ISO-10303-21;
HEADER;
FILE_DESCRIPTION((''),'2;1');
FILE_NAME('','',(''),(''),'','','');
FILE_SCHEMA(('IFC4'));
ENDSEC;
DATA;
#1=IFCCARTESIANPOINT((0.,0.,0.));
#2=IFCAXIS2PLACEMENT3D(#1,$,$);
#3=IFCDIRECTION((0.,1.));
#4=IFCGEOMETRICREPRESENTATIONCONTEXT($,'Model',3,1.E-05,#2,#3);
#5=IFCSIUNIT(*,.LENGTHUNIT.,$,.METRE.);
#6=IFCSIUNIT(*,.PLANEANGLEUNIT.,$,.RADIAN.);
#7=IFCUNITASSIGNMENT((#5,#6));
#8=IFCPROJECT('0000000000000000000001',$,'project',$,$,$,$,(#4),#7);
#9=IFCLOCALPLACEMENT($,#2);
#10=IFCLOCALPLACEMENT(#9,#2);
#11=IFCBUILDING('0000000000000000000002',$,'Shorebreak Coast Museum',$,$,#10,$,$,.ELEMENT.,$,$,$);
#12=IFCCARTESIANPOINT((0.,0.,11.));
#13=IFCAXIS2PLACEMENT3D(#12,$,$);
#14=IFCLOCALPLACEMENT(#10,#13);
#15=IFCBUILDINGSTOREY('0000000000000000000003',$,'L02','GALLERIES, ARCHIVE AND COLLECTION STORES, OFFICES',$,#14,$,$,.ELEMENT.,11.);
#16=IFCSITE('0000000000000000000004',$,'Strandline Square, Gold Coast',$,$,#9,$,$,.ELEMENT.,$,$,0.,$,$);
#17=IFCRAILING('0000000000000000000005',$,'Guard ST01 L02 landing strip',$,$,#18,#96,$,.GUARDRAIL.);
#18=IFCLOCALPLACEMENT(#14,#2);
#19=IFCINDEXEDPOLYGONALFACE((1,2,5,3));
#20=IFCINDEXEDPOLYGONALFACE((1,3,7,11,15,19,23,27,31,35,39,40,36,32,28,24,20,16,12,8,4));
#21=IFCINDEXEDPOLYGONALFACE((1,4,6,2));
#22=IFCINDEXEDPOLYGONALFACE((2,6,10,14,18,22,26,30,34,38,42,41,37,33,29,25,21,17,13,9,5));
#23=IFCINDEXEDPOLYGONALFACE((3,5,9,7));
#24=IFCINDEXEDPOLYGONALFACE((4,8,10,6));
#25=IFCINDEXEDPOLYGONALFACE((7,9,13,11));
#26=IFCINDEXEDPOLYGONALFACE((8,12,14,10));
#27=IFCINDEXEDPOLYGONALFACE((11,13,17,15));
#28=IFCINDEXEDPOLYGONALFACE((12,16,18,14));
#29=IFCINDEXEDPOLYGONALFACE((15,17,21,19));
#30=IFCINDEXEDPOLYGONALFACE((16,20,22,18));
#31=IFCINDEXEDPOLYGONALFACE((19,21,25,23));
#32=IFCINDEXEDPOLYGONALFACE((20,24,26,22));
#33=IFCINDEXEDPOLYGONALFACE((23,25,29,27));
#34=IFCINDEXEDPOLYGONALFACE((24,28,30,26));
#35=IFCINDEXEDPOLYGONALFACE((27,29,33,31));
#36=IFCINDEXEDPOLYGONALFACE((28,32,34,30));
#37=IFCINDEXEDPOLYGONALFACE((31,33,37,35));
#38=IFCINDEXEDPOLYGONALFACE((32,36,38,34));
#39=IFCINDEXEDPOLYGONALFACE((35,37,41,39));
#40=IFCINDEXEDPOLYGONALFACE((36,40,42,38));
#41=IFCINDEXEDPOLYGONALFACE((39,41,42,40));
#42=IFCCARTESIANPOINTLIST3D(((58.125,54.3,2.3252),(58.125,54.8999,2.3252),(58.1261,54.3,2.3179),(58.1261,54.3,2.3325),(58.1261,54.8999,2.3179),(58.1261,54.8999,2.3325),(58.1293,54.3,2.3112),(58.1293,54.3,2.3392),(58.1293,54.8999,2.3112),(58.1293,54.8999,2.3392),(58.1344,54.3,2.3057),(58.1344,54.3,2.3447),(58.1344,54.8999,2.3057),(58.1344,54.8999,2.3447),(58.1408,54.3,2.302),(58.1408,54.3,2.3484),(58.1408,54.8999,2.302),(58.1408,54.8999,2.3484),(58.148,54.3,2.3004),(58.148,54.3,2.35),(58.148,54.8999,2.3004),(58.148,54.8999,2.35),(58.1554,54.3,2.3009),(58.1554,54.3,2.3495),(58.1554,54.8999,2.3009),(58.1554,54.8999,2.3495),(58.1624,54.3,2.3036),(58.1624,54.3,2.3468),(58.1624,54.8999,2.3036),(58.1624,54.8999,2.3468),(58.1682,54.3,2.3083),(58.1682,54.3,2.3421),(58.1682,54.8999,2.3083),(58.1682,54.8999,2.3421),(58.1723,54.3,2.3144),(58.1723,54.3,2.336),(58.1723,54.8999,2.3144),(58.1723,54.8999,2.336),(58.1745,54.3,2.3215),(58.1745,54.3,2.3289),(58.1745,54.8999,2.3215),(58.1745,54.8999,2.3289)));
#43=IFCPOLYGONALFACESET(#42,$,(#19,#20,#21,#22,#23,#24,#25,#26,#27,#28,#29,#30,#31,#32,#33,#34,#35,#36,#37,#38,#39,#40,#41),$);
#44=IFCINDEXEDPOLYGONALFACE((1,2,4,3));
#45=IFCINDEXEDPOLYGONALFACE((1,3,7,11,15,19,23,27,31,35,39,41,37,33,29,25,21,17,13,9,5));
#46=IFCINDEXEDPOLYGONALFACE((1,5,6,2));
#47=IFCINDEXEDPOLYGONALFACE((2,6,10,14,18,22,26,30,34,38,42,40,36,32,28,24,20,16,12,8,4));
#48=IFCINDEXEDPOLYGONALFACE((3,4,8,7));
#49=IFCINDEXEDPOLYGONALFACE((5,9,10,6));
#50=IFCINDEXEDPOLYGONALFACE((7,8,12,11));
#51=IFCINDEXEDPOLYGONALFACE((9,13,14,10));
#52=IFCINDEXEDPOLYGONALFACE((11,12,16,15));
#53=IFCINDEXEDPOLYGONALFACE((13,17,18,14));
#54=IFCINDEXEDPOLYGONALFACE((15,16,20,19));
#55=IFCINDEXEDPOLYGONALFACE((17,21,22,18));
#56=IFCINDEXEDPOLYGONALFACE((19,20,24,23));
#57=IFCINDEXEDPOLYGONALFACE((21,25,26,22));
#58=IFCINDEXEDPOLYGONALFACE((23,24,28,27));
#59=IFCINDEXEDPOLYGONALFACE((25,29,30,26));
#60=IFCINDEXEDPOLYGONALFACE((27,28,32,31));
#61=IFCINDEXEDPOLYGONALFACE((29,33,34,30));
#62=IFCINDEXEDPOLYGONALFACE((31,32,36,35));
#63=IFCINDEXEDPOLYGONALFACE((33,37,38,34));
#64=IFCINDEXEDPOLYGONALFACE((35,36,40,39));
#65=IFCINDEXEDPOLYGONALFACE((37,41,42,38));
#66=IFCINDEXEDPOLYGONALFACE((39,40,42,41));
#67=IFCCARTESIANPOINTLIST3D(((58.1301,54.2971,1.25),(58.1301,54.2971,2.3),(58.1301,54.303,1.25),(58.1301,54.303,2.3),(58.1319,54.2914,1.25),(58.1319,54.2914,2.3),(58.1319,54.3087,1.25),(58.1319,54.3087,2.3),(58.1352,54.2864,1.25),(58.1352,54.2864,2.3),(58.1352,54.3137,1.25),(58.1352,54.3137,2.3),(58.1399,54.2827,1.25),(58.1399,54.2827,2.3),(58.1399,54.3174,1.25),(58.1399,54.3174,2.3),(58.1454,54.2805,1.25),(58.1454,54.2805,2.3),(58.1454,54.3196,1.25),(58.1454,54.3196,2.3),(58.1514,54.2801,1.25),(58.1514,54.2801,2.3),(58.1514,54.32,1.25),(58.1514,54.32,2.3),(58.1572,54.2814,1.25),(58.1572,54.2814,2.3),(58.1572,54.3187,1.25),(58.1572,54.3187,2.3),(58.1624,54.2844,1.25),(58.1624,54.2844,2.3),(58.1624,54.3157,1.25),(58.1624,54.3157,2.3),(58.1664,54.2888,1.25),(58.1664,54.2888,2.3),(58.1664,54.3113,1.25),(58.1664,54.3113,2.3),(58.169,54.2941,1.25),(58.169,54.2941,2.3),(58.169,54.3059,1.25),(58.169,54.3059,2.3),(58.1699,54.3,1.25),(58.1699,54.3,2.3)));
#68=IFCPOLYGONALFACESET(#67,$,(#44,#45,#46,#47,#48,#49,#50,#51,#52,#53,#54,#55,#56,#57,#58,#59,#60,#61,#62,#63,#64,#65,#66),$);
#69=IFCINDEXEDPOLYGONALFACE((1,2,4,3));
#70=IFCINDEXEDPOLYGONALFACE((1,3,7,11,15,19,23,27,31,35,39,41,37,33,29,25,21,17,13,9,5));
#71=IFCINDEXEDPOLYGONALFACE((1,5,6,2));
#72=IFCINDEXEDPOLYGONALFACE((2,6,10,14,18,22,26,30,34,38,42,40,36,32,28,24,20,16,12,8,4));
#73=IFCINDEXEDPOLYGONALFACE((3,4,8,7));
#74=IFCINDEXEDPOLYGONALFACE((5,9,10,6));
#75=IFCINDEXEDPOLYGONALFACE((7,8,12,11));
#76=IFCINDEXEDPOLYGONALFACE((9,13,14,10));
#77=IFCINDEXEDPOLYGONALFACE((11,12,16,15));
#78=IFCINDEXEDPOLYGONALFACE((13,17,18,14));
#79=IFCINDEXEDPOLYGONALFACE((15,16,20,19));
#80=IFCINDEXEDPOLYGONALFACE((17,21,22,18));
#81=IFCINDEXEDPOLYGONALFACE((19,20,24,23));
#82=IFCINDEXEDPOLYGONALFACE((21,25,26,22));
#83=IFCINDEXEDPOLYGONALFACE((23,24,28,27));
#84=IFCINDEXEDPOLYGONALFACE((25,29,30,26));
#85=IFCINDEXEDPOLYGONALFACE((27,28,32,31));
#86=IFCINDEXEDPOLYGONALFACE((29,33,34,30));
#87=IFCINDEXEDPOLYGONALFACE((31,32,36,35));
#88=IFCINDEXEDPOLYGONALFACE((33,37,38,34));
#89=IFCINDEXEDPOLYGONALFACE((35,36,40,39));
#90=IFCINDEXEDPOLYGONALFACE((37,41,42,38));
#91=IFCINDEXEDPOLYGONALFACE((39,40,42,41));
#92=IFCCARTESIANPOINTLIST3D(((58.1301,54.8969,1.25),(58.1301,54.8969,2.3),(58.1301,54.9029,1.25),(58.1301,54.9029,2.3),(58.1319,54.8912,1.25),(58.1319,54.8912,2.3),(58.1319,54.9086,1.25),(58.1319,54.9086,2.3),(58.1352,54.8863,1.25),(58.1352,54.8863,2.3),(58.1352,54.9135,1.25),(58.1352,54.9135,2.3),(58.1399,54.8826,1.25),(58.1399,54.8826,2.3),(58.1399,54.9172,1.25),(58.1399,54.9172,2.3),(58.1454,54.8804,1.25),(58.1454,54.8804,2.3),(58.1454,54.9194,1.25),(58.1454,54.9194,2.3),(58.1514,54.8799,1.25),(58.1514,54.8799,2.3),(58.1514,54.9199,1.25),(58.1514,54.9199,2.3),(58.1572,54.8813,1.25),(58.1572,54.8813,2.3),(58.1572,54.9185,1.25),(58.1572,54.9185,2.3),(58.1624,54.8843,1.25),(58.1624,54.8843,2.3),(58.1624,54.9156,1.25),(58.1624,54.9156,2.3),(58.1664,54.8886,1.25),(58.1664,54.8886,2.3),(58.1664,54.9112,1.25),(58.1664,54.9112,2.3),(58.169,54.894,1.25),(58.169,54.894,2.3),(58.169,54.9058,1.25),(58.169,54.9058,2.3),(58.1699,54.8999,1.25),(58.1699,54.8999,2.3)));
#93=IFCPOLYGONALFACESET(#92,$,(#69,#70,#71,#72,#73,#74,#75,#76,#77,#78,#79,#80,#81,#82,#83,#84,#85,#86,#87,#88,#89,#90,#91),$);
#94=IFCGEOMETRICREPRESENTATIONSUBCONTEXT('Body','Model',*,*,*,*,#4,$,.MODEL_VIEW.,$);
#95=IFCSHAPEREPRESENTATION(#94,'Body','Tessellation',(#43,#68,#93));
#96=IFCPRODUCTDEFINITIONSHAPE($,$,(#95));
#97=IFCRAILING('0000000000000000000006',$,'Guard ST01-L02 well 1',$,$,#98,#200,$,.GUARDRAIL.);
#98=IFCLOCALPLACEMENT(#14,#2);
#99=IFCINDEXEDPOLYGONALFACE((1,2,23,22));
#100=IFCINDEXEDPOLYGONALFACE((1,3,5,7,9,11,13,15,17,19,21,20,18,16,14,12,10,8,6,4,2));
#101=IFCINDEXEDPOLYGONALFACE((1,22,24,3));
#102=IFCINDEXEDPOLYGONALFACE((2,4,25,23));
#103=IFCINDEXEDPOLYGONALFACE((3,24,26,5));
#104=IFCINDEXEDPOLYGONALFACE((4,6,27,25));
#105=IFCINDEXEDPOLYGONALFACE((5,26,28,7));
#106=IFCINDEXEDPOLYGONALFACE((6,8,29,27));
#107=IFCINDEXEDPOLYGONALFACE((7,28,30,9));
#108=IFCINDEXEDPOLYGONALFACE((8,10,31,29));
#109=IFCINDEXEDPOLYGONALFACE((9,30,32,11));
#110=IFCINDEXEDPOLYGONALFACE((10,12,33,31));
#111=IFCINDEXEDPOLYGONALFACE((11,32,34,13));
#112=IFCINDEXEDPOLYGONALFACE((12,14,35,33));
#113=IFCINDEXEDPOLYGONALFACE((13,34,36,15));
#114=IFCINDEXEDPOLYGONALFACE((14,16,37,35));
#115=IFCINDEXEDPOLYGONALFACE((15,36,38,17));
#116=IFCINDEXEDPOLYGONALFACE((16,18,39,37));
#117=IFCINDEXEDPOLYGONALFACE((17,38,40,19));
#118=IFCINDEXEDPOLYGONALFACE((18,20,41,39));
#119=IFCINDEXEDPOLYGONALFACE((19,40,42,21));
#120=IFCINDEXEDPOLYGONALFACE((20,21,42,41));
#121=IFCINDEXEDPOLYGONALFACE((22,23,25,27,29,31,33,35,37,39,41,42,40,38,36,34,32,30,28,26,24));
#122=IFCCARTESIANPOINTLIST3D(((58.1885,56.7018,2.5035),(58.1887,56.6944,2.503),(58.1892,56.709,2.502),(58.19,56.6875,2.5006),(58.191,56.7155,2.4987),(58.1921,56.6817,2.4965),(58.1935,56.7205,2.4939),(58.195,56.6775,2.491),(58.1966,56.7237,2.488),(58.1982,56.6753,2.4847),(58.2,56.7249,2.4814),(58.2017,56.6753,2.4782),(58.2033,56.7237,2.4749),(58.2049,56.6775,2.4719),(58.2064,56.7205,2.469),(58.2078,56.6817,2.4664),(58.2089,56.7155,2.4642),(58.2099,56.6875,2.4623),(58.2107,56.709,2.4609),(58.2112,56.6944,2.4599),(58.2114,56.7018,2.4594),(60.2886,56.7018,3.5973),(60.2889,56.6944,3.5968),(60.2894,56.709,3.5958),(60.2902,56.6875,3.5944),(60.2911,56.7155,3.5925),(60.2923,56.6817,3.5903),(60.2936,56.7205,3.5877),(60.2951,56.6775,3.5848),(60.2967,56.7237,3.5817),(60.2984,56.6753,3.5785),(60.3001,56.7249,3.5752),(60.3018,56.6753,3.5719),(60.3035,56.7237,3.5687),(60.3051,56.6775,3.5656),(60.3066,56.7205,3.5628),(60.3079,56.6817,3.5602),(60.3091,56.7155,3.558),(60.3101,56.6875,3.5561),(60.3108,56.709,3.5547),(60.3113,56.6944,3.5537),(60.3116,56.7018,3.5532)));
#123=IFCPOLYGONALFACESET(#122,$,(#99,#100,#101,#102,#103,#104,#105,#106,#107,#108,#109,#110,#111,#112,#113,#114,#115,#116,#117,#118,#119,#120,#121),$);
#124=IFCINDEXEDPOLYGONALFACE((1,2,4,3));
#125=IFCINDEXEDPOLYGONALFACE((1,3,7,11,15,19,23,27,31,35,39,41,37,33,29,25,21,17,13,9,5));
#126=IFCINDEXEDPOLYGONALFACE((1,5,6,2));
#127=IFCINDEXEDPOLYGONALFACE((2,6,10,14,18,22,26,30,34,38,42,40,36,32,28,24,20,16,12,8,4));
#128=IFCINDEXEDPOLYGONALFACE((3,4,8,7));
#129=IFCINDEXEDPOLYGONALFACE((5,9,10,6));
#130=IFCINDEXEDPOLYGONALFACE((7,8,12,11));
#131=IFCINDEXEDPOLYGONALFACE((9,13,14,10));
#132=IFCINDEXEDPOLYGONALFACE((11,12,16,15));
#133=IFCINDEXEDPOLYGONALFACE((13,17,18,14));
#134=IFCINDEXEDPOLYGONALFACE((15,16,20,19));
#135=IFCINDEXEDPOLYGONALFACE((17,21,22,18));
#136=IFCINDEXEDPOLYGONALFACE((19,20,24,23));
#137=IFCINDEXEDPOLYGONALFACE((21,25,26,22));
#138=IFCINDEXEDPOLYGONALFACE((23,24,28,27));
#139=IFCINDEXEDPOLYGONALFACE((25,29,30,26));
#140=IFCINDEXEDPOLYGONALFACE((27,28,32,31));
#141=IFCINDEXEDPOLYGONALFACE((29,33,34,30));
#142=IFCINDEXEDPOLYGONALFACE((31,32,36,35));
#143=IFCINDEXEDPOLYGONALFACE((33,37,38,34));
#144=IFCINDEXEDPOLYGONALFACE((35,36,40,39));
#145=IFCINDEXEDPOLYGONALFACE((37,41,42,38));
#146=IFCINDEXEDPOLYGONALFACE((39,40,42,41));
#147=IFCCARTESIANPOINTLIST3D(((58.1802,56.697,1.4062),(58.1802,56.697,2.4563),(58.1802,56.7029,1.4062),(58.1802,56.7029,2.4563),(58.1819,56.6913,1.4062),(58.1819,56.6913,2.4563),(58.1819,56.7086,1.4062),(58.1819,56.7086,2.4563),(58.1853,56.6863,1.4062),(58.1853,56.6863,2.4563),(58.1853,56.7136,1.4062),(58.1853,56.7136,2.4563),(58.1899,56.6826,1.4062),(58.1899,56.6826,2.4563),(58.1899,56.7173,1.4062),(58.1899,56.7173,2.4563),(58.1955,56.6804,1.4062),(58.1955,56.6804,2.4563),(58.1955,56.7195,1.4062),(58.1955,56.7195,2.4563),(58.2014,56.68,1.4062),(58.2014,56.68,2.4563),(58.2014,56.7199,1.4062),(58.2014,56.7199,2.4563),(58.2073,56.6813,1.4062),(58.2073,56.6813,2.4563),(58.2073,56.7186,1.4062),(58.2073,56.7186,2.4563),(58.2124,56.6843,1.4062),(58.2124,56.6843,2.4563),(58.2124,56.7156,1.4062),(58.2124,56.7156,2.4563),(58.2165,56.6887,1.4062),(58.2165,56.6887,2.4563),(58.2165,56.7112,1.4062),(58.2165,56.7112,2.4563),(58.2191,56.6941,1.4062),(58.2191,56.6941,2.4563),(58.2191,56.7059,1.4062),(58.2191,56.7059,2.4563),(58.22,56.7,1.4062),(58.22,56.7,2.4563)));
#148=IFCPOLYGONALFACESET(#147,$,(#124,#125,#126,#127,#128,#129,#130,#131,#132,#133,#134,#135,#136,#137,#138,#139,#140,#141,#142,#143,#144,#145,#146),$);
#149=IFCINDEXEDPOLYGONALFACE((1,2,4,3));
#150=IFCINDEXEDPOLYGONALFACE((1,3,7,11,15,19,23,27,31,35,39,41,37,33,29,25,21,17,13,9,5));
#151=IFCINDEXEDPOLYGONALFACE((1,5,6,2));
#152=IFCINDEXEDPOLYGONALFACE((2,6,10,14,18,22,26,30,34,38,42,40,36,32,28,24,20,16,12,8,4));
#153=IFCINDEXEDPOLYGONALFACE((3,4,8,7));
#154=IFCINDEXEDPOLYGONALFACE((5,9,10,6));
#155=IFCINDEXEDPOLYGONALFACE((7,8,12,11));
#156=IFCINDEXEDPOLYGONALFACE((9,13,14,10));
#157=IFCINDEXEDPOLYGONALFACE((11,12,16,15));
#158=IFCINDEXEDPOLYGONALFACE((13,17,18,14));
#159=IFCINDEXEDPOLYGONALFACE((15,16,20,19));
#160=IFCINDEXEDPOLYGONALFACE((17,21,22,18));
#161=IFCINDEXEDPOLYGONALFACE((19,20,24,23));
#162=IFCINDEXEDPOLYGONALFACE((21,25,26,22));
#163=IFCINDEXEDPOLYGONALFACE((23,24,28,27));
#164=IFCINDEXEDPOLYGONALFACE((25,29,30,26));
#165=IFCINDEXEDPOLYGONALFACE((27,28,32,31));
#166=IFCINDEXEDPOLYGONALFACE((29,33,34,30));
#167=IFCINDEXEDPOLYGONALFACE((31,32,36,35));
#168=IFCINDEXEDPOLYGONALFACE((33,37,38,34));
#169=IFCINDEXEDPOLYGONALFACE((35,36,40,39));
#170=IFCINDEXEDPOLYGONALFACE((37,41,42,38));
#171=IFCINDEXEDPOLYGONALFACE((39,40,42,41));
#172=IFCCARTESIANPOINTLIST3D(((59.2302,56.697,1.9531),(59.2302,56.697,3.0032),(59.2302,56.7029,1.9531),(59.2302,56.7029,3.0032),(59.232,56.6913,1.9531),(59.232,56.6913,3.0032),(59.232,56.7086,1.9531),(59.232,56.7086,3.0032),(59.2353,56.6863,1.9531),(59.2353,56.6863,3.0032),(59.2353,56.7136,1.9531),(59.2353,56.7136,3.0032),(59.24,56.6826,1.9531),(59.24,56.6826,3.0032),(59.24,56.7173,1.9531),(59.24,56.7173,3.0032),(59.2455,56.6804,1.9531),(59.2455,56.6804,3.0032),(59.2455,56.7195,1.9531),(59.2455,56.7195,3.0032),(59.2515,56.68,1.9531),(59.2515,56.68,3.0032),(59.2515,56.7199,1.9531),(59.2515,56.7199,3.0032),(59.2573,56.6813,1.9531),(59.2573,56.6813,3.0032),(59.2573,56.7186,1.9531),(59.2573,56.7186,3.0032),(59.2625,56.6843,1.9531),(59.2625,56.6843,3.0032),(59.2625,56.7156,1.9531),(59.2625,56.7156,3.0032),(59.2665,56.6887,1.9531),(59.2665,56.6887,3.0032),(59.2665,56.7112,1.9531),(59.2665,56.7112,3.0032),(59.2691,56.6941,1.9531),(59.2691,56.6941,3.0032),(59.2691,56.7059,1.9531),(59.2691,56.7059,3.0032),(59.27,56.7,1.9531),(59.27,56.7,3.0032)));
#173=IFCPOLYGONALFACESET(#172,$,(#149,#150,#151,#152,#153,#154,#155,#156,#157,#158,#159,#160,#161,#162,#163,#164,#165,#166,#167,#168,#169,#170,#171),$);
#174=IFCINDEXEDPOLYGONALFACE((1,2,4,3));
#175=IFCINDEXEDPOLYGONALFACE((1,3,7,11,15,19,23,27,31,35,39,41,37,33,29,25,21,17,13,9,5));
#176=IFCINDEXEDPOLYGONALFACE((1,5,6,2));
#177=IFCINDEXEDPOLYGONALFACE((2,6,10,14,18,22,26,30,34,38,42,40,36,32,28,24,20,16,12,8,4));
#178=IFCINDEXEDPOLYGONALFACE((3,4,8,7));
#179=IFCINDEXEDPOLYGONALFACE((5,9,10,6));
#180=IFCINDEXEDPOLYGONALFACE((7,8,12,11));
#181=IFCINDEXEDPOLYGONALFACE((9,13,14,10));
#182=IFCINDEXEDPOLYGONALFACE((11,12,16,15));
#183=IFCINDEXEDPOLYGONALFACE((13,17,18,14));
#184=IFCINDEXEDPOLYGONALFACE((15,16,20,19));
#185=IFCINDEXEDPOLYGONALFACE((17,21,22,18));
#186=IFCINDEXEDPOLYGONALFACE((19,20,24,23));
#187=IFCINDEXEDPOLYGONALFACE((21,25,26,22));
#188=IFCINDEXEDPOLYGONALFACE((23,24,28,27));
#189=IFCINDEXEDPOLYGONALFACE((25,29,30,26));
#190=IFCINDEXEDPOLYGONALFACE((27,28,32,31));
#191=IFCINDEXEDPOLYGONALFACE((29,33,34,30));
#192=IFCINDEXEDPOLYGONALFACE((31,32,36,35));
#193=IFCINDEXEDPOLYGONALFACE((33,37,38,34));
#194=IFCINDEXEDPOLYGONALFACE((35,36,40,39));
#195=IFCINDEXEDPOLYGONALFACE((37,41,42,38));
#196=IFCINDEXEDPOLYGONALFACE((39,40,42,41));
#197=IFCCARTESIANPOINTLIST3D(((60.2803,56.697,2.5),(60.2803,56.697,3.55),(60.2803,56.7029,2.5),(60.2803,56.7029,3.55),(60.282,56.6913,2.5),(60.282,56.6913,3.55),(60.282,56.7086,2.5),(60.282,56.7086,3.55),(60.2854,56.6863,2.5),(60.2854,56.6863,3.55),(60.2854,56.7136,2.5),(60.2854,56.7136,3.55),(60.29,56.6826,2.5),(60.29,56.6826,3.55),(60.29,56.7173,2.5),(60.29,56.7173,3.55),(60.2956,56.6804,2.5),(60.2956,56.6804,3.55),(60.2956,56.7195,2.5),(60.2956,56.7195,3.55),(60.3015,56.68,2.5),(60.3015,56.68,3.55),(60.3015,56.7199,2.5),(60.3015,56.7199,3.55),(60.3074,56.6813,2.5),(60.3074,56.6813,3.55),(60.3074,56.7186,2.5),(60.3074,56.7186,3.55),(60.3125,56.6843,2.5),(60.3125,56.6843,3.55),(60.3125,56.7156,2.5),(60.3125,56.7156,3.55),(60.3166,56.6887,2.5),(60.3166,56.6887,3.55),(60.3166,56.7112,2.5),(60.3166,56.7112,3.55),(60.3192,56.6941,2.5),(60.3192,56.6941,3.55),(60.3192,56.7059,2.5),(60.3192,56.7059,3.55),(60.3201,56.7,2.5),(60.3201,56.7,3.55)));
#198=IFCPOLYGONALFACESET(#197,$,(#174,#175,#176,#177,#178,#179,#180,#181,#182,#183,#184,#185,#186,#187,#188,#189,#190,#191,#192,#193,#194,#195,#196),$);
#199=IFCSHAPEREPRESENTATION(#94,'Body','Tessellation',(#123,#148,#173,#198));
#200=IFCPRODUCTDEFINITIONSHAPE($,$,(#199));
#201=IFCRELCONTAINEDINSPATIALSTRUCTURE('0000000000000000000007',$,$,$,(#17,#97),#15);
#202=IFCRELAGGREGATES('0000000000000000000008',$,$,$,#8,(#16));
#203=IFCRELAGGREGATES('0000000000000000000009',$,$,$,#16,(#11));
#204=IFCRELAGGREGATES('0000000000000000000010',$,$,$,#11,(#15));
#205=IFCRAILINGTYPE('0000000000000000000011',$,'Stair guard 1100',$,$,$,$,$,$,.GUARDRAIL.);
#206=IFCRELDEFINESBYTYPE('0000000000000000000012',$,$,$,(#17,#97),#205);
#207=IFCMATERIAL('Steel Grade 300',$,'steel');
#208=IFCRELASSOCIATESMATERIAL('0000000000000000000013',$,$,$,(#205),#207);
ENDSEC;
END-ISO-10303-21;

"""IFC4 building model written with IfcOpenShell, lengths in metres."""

from ifc_helpers import new_model, si_unit, direction, frame, origin, origin_2d, place, context, subcontext, project, spatial, circle, extrude, material, type_object, element, save


model = new_model("IFC4")

# Units and contexts
model_context = context("Model", 3, precision=1e-05, world=origin(), true_north=direction((0.0, 1.0)))
body_context = subcontext(model_context, "Body", "Model", "MODEL_VIEW")
ifc_project = project(units=[si_unit("LENGTHUNIT", "METRE"), si_unit("PLANEANGLEUNIT", "RADIAN")], contexts=[model_context])

# Site, building, storey
site_placement = place(None, origin())
site = spatial("IfcSite", under=ifc_project, at=site_placement, Name="Strandline Square, Gold Coast", CompositionType="ELEMENT", RefElevation=0.0)
building_placement = place(site_placement, origin())
building = spatial("IfcBuilding", under=site, at=building_placement, Name="Shorebreak Coast Museum", CompositionType="ELEMENT")
storey_placement = place(building_placement, frame((0.0, 0.0, 11.0)))
storey = spatial("IfcBuildingStorey", under=building, at=storey_placement, Name="L02", Description="GALLERIES, ARCHIVE AND COLLECTION STORES, OFFICES", CompositionType="ELEMENT", Elevation=11.0)

# Railings
ifc_material_1 = material(Name="Steel Grade 300", Category="steel")
railing_type_1 = type_object("IfcRailingType", Name="Stair guard 1100", PredefinedType="GUARDRAIL", material=ifc_material_1)
for number, where, name in (
    (1, (58.1499, 54.3, 1.25), "Guard ST01 L02 landing strip"),
):
    element("IfcRailing", number, at=place(storey_placement, frame(where)), inside=storey, type_object=railing_type_1, Name=name, PredefinedType="GUARDRAIL", context=body_context, shape_type="SweptSolid", body=[
        extrude(circle(Radius=0.0249, at=origin_2d()), frame((0.0, 0.0, 1.0752), z_axis=(0.0, 1.0, 0.0), x_axis=(-1.0, 0.0, 0.0)), (0.0, 0.0, 1.0), 0.5999),
        extrude(circle(Radius=0.02, at=origin_2d()), origin(), (0.0, 0.0, 1.0), 1.05),
        extrude(circle(Radius=0.02, at=origin_2d()), frame((0.0, 0.5999, 0.0)), (0.0, 0.0, 1.0), 1.05),
    ])
railing_1_placement = place(storey_placement, frame((58.2, 56.7, 1.4062)))
element("IfcRailing", 2, at=railing_1_placement, inside=storey, type_object=railing_type_1, Name="Guard ST01-L02 well 1", PredefinedType="GUARDRAIL", context=body_context, shape_type="SweptSolid", body=[
    extrude(circle(Radius=0.0249, at=origin_2d()), frame((0.0, 0.0, 1.0752), z_axis=(0.886923, 0.0, 0.461918), x_axis=(0.0, 1.0, 0.0)), (0.0, 0.0, 1.0), 2.3679),
    extrude(circle(Radius=0.02, at=origin_2d()), origin(), (0.0, 0.0, 1.0), 1.05),
    extrude(circle(Radius=0.02, at=origin_2d()), frame((1.05, 0.0, 0.5469)), (0.0, 0.0, 1.0), 1.05),
    extrude(circle(Radius=0.02, at=origin_2d()), frame((2.1001, 0.0, 1.0938)), (0.0, 0.0, 1.0), 1.05),
])

save(model, "model.ifc")
